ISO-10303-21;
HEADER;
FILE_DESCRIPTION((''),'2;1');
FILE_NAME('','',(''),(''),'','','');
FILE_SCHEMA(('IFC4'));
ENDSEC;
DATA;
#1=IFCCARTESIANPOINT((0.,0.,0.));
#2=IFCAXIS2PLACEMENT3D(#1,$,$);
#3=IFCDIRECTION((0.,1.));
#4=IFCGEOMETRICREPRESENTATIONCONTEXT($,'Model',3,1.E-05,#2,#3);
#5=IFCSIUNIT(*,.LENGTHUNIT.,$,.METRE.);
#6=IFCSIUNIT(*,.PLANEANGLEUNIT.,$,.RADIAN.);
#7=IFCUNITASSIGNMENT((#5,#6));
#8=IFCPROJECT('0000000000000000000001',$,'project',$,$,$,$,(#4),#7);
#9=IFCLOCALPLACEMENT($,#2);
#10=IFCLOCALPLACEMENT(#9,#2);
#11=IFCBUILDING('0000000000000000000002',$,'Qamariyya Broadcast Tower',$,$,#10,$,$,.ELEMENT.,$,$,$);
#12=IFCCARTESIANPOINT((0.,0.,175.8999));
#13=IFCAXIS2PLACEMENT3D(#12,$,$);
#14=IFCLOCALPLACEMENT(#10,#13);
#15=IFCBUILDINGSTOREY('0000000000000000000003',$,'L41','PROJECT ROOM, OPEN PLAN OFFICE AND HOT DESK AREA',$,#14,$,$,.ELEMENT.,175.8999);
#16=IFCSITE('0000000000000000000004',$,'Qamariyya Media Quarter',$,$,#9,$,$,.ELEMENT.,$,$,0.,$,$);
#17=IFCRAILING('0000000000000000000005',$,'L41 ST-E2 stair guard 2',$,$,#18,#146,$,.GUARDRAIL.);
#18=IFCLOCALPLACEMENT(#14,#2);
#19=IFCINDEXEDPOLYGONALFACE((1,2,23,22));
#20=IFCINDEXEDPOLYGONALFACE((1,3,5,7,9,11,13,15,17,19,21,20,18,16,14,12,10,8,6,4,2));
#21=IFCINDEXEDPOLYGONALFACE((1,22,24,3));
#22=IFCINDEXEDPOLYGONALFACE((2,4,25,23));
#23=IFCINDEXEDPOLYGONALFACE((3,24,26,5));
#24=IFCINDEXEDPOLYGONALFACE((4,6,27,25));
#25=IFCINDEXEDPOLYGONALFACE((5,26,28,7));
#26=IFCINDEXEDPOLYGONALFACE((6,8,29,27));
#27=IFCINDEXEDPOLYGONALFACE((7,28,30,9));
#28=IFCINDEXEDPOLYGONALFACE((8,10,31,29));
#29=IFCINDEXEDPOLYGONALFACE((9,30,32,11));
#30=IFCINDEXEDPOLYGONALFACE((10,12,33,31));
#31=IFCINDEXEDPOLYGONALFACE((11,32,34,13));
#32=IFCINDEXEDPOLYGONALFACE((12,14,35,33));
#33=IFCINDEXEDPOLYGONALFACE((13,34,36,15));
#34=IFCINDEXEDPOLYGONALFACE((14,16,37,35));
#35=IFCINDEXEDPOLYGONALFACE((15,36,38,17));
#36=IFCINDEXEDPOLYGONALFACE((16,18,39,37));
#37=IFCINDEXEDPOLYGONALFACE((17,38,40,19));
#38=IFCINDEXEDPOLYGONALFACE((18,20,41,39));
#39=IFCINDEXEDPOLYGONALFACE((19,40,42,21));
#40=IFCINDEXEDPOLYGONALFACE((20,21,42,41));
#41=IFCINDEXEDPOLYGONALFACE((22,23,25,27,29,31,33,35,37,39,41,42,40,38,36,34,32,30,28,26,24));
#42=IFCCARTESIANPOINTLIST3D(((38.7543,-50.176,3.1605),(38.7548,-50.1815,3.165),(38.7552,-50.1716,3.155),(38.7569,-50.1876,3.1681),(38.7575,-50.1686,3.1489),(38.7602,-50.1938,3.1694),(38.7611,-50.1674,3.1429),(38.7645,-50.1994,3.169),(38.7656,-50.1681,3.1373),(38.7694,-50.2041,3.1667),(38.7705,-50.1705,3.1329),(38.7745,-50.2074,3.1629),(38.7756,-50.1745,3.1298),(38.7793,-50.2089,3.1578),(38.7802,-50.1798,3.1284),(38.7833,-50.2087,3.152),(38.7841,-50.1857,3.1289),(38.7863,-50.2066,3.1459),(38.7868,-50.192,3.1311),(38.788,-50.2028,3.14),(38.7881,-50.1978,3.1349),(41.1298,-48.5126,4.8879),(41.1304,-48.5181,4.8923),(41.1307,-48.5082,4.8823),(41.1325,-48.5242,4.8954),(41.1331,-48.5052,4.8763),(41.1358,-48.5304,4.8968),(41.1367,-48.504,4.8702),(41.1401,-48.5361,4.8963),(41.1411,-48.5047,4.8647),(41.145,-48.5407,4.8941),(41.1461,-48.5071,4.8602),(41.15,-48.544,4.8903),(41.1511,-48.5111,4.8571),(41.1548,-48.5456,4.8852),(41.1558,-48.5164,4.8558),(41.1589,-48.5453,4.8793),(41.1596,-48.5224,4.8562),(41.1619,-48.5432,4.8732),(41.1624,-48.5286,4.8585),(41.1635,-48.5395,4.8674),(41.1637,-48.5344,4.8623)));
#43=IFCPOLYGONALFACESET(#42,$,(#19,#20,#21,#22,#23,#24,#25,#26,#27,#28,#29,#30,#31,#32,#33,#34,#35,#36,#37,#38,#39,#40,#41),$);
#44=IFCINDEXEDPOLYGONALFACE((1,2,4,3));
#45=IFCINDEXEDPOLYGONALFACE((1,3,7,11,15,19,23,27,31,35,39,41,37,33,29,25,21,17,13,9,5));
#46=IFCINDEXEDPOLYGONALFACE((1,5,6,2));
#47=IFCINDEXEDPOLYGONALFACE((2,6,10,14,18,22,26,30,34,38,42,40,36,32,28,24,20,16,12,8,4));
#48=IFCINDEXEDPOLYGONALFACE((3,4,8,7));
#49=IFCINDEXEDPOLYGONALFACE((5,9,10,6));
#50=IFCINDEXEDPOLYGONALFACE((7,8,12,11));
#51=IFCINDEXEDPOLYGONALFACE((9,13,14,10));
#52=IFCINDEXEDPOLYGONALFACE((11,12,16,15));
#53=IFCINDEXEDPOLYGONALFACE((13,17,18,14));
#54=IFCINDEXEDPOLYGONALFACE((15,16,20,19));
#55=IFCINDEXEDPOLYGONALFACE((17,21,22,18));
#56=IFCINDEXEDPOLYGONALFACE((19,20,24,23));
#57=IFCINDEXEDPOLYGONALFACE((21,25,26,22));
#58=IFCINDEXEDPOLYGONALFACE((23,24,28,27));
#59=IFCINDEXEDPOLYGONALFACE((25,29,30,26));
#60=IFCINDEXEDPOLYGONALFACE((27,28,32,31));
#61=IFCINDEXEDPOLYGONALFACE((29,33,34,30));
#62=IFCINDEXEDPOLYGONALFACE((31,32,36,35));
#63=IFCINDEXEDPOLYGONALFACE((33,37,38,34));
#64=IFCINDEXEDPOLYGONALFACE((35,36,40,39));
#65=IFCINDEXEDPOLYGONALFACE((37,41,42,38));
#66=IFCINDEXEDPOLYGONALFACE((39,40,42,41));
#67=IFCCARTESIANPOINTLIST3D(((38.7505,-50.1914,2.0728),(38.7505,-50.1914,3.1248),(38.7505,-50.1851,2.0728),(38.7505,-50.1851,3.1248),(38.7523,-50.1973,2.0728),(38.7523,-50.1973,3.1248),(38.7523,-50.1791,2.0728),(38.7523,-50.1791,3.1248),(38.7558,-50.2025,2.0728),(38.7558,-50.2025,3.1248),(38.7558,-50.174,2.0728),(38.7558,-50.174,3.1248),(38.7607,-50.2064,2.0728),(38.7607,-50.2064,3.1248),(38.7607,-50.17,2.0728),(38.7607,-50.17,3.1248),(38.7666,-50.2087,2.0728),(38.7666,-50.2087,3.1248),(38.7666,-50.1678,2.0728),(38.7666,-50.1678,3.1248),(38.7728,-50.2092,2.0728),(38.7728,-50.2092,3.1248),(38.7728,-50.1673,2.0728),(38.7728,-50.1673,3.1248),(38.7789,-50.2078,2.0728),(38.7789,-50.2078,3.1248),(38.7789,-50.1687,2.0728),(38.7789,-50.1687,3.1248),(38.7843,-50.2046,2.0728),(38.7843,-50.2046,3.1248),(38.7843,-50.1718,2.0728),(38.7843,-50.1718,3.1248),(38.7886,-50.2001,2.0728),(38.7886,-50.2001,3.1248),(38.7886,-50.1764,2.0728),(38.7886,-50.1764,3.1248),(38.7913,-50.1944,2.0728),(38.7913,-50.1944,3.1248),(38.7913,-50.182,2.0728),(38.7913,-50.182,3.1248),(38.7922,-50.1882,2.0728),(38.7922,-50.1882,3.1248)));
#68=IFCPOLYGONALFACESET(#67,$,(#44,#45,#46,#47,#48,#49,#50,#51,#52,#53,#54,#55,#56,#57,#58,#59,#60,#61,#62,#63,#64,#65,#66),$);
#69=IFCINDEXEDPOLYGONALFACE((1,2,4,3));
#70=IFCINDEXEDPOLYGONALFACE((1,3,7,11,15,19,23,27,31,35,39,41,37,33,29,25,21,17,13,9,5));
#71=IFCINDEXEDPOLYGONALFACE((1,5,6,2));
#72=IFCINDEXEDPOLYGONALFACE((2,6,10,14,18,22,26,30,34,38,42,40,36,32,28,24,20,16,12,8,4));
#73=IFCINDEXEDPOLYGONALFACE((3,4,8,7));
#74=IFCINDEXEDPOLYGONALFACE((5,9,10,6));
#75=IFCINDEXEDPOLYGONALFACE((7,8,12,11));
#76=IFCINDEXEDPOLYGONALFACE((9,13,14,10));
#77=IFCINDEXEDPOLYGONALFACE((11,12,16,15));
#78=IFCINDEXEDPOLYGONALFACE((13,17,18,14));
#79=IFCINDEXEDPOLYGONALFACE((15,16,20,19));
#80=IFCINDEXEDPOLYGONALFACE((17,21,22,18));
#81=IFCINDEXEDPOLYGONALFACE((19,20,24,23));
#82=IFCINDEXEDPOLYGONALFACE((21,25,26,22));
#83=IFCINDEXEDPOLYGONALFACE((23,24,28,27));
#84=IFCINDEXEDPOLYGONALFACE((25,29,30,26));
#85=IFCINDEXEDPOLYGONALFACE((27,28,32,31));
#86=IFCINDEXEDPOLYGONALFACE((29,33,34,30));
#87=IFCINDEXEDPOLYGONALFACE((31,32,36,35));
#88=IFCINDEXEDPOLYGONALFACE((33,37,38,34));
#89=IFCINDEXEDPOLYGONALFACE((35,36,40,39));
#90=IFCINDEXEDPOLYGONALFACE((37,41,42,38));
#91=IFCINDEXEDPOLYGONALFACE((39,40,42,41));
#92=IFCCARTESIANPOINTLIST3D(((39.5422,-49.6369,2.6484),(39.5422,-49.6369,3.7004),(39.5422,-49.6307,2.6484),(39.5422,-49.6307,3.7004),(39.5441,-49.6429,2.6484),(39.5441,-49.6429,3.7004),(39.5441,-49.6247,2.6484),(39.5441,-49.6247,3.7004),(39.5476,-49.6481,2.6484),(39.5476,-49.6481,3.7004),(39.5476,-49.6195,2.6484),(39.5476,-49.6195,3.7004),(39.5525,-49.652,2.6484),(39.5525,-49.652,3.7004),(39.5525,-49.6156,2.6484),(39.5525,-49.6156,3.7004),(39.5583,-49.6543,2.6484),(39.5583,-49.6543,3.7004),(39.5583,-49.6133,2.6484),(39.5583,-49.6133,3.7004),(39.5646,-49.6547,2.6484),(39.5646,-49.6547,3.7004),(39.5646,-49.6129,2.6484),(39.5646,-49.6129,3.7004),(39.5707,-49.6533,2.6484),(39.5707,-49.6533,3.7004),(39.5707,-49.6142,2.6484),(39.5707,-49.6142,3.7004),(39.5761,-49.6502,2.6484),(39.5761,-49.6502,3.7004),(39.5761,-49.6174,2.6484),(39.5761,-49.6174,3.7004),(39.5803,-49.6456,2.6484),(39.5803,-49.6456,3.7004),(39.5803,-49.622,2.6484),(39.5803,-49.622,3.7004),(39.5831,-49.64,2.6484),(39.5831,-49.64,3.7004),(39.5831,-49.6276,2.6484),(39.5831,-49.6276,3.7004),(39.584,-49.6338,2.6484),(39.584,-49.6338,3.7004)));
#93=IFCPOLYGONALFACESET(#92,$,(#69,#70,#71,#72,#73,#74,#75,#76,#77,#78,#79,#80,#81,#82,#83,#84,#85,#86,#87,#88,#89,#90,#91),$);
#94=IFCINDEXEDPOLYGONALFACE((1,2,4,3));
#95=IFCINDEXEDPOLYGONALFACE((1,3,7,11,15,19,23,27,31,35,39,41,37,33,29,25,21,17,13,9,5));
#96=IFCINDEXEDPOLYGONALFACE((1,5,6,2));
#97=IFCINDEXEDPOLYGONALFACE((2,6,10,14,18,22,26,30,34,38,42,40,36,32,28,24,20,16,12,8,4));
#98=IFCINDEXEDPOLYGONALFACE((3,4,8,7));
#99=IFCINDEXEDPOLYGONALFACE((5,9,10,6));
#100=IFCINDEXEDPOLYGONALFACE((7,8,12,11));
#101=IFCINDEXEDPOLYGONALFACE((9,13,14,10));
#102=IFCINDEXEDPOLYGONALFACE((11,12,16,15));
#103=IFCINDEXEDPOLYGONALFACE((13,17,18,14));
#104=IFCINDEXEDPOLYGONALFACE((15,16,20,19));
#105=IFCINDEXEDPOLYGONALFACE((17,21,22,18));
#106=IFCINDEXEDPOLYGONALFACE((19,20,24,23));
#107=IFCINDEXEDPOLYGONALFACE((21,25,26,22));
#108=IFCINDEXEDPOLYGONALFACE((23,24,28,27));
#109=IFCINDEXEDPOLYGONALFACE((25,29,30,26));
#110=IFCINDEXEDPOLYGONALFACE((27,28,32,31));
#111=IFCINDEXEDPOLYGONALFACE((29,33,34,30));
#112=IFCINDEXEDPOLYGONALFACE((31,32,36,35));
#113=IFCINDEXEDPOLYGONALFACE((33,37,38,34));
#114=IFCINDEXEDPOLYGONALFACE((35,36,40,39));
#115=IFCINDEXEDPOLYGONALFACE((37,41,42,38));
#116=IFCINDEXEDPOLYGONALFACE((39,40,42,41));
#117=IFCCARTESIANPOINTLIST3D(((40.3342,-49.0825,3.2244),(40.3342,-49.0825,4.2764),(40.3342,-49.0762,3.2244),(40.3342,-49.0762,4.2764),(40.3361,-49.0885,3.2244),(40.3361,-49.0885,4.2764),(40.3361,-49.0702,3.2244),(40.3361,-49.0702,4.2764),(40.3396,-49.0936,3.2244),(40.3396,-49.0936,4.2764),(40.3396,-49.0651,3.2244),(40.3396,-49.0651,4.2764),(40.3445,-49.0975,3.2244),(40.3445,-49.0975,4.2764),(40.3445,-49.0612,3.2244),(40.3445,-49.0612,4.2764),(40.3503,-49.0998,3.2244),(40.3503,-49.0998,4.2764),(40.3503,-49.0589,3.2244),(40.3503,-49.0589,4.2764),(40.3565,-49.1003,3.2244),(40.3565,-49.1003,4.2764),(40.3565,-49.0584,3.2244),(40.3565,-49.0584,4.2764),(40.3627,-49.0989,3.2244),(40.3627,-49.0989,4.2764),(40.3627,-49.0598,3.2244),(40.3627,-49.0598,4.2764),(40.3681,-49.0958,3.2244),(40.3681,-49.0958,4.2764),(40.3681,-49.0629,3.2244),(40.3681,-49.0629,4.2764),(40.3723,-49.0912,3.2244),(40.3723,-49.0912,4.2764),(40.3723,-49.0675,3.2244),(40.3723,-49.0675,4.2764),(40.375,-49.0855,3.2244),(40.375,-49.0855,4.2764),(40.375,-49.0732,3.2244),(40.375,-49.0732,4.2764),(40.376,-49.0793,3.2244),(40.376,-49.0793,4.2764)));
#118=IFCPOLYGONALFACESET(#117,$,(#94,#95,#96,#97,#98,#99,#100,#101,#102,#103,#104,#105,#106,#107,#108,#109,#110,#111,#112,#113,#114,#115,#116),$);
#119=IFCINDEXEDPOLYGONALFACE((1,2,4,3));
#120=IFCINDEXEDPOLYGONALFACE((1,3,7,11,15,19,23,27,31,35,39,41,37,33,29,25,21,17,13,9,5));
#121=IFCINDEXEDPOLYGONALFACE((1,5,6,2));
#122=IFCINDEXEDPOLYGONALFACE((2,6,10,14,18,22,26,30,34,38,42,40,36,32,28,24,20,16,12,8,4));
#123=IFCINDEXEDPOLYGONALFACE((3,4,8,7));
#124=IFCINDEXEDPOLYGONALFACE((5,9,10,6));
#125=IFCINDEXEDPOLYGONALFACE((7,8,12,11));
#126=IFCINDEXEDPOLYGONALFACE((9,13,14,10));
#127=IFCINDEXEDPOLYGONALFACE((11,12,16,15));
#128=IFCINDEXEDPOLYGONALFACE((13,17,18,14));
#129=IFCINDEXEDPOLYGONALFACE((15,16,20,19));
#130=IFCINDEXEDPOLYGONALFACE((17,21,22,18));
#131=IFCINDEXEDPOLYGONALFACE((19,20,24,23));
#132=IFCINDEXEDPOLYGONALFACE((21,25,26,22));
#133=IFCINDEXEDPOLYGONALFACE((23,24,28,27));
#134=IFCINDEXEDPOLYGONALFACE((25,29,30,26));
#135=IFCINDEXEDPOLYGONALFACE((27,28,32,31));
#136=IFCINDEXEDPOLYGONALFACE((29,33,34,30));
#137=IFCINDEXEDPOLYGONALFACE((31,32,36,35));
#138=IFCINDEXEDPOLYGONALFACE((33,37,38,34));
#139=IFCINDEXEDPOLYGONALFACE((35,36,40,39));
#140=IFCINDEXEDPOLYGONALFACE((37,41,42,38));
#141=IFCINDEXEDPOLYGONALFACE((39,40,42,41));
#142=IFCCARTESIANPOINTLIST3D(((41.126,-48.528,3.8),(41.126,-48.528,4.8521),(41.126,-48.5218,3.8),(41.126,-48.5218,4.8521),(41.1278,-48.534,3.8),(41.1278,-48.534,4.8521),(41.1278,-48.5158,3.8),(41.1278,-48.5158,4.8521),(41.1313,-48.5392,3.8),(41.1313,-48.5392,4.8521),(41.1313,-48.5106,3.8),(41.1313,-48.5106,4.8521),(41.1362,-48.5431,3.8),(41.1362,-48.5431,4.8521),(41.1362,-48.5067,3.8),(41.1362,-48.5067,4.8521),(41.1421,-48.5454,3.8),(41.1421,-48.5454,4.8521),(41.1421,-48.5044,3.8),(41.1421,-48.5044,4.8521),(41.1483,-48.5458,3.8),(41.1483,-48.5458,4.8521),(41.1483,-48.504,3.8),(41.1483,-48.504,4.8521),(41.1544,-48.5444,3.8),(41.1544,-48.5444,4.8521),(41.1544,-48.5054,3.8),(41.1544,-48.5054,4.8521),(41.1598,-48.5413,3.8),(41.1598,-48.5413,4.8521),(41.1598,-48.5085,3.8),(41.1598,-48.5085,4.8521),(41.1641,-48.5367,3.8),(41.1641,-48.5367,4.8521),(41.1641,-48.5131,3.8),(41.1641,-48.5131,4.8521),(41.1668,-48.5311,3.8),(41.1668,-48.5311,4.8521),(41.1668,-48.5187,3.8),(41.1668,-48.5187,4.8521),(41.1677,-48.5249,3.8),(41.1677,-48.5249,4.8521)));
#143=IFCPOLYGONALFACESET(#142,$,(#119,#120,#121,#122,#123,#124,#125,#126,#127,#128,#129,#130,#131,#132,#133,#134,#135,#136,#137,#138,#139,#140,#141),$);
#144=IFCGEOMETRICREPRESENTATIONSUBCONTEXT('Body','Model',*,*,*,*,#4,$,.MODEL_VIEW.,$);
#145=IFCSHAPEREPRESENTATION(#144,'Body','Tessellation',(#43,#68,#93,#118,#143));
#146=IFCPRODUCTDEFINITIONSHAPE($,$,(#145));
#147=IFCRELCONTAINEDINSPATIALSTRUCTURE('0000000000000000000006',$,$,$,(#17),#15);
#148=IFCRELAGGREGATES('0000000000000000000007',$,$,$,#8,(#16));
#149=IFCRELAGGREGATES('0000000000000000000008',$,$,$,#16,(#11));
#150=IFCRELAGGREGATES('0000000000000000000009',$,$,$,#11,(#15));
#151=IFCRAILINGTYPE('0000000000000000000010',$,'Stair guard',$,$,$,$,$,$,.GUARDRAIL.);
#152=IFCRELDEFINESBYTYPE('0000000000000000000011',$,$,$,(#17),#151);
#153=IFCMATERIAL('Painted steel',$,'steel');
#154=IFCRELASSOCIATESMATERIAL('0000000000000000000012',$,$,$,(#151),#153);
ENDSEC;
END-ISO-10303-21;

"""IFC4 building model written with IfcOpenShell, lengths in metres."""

from ifc_helpers import new_model, si_unit, direction, frame, origin, origin_2d, place, context, subcontext, project, spatial, circle, extrude, material, type_object, element, save


model = new_model("IFC4")

# Units and contexts
model_context = context("Model", 3, precision=1e-05, world=origin(), true_north=direction((0.0, 1.0)))
body_context = subcontext(model_context, "Body", "Model", "MODEL_VIEW")
ifc_project = project(units=[si_unit("LENGTHUNIT", "METRE"), si_unit("PLANEANGLEUNIT", "RADIAN")], contexts=[model_context])

# Site, building, storey
site_placement = place(None, origin())
site = spatial("IfcSite", under=ifc_project, at=site_placement, Name="Qamariyya Media Quarter", CompositionType="ELEMENT", RefElevation=0.0)
building_placement = place(site_placement, origin())
building = spatial("IfcBuilding", under=site, at=building_placement, Name="Qamariyya Broadcast Tower", CompositionType="ELEMENT")
storey_placement = place(building_placement, frame((0.0, 0.0, 175.8999)))
storey = spatial("IfcBuildingStorey", under=building, at=storey_placement, Name="L41", Description="PROJECT ROOM, OPEN PLAN OFFICE AND HOT DESK AREA", CompositionType="ELEMENT", Elevation=175.8999)

# Railing
ifc_material_1 = material(Name="Painted steel", Category="steel")
railing_type_1 = type_object("IfcRailingType", Name="Stair guard", PredefinedType="GUARDRAIL", material=ifc_material_1)
railing_1_placement = place(storey_placement, frame((38.7712, -50.1882, 2.0728)))
element("IfcRailing", 1, at=railing_1_placement, inside=storey, type_object=railing_type_1, Name="L41 ST-E2 stair guard 2", PredefinedType="GUARDRAIL", context=body_context, shape_type="SweptSolid", body=[
    extrude(circle(Radius=0.0239, at=origin_2d()), frame((0.0, 0.0, 1.0762), z_axis=(0.70377, 0.492784, 0.511734), x_axis=(-0.573575, 0.819153, 0.0)), (0.0, 0.0, 1.0), 3.3755),
    extrude(circle(Radius=0.021, at=origin_2d()), origin(), (0.0, 0.0, 1.0), 1.052),
    extrude(circle(Radius=0.021, at=origin_2d()), frame((0.7917, 0.5544, 0.5757)), (0.0, 0.0, 1.0), 1.052),
    extrude(circle(Radius=0.021, at=origin_2d()), frame((1.5837, 1.1089, 1.1516)), (0.0, 0.0, 1.0), 1.052),
    extrude(circle(Radius=0.021, at=origin_2d()), frame((2.3755, 1.6633, 1.7273)), (0.0, 0.0, 1.0), 1.052),
])

save(model, "model.ifc")
